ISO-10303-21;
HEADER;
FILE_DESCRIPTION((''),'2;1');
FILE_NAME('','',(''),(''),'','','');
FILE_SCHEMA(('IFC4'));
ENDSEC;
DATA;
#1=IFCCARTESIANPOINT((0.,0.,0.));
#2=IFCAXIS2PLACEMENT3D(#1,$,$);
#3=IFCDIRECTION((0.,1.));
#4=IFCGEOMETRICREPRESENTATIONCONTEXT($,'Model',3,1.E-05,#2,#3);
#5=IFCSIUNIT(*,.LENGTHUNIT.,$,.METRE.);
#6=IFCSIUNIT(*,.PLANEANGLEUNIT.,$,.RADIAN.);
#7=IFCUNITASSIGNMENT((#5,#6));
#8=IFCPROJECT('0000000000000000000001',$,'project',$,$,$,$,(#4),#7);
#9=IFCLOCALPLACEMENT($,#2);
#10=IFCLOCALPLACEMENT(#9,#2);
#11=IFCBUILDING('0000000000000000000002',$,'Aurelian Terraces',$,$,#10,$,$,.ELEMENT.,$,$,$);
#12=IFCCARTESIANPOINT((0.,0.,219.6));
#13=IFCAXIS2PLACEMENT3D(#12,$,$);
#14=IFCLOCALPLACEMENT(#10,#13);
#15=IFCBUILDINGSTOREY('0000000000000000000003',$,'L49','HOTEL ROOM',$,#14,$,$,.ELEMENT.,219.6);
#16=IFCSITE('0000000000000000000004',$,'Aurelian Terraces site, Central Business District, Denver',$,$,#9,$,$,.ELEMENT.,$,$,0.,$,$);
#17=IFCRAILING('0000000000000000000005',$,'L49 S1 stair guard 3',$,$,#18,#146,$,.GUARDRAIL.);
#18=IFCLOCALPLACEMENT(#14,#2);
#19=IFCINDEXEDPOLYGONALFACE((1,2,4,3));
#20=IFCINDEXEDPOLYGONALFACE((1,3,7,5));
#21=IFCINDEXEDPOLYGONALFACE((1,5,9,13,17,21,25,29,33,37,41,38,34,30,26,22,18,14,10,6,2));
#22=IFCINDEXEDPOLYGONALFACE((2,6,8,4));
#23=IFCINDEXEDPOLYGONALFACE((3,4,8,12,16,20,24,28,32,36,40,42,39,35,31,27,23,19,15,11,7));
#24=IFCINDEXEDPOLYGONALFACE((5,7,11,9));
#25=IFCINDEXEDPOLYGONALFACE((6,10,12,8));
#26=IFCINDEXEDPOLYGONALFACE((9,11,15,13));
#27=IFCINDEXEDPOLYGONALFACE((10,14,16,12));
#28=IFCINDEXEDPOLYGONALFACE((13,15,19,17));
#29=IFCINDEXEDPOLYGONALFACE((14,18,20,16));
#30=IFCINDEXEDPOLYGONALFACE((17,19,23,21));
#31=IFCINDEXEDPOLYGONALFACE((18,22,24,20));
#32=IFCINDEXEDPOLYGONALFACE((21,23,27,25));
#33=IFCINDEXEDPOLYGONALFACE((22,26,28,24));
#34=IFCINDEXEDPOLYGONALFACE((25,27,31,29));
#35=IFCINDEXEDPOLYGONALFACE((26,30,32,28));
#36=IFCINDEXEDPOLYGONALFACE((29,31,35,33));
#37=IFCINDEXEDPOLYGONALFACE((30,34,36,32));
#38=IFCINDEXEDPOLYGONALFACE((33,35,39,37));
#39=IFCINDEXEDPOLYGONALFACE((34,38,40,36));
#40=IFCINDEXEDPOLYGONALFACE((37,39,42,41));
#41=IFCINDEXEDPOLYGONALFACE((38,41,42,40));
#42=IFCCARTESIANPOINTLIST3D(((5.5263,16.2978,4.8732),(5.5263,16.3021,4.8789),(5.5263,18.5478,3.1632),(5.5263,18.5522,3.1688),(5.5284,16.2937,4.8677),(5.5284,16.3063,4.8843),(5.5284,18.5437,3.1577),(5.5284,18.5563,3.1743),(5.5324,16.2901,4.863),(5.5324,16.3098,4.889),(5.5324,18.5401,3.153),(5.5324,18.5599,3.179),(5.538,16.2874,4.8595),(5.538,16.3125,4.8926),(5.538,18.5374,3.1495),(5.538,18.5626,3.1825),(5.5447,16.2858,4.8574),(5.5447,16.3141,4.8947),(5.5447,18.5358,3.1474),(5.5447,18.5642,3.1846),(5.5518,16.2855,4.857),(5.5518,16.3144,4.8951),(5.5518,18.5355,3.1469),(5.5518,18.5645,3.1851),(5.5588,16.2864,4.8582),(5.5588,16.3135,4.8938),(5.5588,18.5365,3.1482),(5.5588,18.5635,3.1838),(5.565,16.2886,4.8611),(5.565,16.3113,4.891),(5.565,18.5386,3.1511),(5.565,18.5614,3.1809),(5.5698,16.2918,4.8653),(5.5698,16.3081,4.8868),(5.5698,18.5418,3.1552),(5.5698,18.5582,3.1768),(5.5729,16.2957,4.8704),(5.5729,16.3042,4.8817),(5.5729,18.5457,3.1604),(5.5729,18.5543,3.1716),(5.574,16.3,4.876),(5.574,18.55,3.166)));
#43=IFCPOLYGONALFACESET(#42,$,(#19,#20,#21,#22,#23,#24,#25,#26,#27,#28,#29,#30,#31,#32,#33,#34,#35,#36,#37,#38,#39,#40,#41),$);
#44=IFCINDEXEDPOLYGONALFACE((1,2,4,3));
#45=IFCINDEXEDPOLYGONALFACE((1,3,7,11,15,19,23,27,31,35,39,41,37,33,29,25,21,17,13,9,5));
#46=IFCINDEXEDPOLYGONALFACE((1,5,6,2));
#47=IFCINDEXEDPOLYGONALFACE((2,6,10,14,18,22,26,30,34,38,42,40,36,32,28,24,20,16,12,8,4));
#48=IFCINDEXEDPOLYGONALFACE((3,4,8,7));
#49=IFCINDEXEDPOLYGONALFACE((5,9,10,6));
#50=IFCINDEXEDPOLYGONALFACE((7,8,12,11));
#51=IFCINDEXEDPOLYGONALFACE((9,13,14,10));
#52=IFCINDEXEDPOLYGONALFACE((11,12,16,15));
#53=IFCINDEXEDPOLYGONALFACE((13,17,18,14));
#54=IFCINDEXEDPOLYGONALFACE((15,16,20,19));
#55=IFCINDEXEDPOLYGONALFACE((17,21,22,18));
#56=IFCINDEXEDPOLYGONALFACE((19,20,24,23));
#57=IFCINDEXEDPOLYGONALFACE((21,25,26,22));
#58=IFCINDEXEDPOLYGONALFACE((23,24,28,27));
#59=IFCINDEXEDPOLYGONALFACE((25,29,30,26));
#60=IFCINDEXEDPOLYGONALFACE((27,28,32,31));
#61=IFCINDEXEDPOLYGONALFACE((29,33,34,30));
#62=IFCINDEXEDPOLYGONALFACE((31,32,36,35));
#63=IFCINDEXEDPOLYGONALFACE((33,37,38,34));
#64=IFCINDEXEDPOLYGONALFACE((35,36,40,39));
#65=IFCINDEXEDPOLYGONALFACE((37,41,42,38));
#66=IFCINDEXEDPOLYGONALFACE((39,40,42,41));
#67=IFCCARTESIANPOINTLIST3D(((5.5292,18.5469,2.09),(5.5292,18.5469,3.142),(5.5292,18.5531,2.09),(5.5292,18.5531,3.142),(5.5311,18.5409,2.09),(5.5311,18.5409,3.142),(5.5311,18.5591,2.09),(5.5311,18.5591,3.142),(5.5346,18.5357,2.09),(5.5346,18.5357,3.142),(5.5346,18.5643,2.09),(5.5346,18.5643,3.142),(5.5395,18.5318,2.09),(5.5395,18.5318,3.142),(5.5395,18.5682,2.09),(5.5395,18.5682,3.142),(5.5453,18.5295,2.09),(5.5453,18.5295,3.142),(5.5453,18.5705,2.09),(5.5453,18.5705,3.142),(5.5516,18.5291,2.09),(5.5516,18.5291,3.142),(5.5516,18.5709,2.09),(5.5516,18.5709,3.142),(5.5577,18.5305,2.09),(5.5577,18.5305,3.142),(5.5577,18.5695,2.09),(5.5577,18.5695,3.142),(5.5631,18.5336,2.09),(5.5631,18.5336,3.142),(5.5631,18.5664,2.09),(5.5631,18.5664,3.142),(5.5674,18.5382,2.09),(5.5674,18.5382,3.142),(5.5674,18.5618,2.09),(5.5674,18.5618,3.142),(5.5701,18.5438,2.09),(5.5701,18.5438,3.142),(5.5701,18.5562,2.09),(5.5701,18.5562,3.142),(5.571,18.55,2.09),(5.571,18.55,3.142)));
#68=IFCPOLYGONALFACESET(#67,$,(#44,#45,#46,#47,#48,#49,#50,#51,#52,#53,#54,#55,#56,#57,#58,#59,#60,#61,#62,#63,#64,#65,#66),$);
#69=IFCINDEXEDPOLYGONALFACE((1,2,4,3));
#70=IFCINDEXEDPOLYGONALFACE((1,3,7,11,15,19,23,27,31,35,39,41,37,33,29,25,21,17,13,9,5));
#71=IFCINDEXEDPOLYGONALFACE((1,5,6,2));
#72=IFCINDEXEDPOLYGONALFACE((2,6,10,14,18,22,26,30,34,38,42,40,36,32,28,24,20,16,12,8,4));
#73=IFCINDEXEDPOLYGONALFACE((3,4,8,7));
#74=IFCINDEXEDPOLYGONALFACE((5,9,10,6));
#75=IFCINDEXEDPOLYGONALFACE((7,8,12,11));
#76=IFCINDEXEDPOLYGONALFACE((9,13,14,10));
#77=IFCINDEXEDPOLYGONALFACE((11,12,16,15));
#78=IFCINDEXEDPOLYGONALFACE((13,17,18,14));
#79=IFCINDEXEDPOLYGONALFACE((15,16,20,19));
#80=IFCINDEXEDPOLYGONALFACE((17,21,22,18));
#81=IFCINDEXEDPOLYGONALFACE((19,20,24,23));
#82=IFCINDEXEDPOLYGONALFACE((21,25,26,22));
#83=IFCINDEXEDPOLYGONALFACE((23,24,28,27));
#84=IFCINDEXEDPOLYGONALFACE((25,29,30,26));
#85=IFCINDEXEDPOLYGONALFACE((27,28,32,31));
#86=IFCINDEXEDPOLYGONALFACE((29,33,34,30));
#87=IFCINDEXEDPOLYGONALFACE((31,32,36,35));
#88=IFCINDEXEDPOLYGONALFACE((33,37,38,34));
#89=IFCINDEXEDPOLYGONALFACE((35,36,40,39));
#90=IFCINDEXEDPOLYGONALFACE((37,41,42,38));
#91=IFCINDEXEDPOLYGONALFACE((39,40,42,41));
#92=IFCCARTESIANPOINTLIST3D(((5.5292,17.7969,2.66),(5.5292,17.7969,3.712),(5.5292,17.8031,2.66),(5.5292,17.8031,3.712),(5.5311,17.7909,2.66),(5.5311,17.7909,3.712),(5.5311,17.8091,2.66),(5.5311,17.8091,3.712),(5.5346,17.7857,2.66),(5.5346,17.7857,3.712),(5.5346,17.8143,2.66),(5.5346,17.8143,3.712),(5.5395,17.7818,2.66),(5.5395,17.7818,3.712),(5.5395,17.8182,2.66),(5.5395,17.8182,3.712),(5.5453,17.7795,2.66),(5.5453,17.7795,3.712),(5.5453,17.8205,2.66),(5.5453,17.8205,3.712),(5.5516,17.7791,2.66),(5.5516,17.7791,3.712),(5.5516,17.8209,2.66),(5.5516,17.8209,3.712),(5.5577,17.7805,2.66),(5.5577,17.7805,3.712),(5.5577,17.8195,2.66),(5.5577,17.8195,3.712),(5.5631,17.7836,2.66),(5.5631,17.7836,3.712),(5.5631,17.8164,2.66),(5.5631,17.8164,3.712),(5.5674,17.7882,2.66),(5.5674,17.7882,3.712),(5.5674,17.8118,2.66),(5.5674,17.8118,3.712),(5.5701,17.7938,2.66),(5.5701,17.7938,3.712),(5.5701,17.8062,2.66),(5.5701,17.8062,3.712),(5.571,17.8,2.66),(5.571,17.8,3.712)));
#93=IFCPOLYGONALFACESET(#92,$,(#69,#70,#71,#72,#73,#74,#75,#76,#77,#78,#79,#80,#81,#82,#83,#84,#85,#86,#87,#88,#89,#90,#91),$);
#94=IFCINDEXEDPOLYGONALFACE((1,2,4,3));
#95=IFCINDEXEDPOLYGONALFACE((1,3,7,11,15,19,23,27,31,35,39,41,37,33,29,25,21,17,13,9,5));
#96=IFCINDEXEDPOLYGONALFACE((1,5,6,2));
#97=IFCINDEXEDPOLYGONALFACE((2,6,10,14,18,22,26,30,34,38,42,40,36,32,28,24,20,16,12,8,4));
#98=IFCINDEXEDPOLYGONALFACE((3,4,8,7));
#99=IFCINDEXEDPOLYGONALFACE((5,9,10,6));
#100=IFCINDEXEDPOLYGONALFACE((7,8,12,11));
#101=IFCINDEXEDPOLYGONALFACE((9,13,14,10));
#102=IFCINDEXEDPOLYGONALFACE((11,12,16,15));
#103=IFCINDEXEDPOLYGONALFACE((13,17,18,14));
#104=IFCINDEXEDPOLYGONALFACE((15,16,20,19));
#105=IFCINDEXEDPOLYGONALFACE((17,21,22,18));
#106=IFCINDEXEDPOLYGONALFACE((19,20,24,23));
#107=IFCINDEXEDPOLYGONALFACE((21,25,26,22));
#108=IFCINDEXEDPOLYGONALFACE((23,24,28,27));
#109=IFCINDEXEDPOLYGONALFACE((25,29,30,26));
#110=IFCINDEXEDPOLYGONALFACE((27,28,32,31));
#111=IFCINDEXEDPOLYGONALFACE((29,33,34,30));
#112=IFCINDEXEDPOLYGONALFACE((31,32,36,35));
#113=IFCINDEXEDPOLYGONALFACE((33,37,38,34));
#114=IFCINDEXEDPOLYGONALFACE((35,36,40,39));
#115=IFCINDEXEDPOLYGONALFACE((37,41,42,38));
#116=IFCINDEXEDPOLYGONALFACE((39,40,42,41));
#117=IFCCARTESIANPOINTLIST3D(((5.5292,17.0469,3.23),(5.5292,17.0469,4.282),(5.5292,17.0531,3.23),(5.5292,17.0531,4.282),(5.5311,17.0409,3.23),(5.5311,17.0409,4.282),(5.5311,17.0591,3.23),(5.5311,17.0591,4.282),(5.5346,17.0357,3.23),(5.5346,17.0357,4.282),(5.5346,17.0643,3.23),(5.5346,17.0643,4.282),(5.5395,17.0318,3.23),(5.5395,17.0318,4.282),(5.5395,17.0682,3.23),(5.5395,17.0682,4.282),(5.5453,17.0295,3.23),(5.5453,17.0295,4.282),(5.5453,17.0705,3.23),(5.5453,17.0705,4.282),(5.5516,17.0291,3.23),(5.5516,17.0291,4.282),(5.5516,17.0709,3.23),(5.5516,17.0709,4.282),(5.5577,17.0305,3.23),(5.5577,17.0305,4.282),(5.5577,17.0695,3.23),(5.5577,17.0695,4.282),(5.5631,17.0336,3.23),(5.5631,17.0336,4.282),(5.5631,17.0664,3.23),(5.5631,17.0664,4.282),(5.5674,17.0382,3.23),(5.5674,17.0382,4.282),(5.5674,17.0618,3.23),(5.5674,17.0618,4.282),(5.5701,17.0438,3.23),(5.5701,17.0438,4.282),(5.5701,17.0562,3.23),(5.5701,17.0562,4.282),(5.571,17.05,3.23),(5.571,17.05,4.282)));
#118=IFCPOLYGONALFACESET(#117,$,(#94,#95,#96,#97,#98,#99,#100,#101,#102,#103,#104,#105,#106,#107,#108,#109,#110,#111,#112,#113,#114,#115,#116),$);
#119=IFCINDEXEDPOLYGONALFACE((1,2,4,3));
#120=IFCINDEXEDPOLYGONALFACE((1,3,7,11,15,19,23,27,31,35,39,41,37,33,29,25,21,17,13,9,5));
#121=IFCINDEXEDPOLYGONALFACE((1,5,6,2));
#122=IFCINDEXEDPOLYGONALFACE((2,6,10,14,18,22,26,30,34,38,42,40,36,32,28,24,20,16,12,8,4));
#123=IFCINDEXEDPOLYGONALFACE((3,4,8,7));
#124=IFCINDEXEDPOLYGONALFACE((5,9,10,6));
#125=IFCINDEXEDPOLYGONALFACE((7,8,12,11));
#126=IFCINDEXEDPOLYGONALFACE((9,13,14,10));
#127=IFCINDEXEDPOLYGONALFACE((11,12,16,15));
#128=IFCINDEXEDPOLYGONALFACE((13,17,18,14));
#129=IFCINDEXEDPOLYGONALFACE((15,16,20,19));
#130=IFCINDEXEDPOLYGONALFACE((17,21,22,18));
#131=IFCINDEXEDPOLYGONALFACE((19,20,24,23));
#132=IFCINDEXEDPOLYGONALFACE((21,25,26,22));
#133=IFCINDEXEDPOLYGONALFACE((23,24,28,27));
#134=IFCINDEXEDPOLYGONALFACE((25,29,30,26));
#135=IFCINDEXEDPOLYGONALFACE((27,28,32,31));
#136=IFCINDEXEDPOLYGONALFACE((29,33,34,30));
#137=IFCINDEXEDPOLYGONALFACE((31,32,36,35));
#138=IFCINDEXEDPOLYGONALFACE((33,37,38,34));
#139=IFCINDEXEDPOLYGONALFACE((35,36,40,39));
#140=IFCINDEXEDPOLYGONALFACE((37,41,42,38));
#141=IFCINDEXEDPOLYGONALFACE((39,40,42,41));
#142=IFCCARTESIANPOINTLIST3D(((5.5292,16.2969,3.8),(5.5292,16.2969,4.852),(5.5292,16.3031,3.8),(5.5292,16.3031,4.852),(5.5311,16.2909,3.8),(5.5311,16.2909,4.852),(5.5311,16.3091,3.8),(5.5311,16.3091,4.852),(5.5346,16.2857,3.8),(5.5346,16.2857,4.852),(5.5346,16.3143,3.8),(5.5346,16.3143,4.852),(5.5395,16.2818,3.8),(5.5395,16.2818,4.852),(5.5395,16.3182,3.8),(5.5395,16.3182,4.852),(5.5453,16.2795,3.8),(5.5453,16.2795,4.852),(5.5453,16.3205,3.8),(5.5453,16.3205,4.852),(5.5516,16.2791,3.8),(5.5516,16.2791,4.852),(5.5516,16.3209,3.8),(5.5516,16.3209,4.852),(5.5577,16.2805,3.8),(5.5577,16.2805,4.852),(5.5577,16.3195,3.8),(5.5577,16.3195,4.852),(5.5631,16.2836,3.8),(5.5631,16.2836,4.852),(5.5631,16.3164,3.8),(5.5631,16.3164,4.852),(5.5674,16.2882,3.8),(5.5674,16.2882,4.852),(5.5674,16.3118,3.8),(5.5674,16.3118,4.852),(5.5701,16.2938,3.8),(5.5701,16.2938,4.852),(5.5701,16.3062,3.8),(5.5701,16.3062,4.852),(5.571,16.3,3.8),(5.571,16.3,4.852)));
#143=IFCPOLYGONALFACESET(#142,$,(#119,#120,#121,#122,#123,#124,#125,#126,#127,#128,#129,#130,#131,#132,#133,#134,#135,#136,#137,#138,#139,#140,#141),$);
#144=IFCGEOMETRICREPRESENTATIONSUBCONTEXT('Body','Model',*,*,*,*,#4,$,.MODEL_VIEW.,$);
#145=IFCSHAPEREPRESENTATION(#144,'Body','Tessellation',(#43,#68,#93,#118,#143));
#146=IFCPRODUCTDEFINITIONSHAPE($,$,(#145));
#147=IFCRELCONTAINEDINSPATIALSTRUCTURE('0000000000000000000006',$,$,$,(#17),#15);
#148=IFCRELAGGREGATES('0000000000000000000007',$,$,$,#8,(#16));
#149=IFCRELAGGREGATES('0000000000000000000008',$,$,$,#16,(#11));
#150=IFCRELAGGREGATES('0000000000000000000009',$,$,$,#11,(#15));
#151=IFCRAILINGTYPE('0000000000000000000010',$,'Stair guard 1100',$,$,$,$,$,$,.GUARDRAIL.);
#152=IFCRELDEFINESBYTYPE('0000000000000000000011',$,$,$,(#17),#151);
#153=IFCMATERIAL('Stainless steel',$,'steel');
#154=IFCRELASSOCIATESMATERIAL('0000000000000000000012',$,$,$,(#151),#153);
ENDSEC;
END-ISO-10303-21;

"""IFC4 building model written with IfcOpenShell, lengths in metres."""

from ifc_helpers import new_model, si_unit, direction, frame, origin, origin_2d, place, context, subcontext, project, spatial, circle, extrude, source, transform, mapped, material, type_object, element, save


model = new_model("IFC4")

# Units and contexts
model_context = context("Model", 3, precision=1e-05, world=origin(), true_north=direction((0.0, 1.0)))
body_context = subcontext(model_context, "Body", "Model", "MODEL_VIEW")
ifc_project = project(units=[si_unit("LENGTHUNIT", "METRE"), si_unit("PLANEANGLEUNIT", "RADIAN")], contexts=[model_context])

# Site, building, storey
site_placement = place(None, origin())
site = spatial("IfcSite", under=ifc_project, at=site_placement, Name="Aurelian Terraces site, Central Business District, Denver", CompositionType="ELEMENT", RefElevation=0.0)
building_placement = place(site_placement, origin())
building = spatial("IfcBuilding", under=site, at=building_placement, Name="Aurelian Terraces", CompositionType="ELEMENT")
storey_placement = place(building_placement, frame((0.0, 0.0, 219.6)))
storey = spatial("IfcBuildingStorey", under=building, at=storey_placement, Name="L49", Description="HOTEL ROOM", CompositionType="ELEMENT", Elevation=219.6)

# Shared definitions
ifc_material_1 = material(Name="Stainless steel", Category="steel")

# Railing
railing_type_1 = type_object("IfcRailingType", Name="Stair guard 1100", PredefinedType="GUARDRAIL", material=ifc_material_1)
shared_shape_1 = source(origin(), body_context, "Body", "SweptSolid", [
    extrude(circle(Radius=0.024, at=origin_2d()), frame((0.0, 0.0, 1.076), z_axis=(0.0, -0.796162, 0.605083), x_axis=(1.0, 0.0, 0.0)), (0.0, 0.0, 1.0), 2.8261),
    extrude(circle(Radius=0.021, at=origin_2d()), origin(), (0.0, 0.0, 1.0), 1.052),
    extrude(circle(Radius=0.021, at=origin_2d()), frame((0.0, -0.75, 0.57)), (0.0, 0.0, 1.0), 1.052),
    extrude(circle(Radius=0.021, at=origin_2d()), frame((0.0, -1.5, 1.14)), (0.0, 0.0, 1.0), 1.052),
    extrude(circle(Radius=0.021, at=origin_2d()), frame((0.0, -2.25, 1.71)), (0.0, 0.0, 1.0), 1.052),
])
railing_1_placement = place(storey_placement, frame((5.55, 18.55, 2.09)))
element("IfcRailing", 1, at=railing_1_placement, inside=storey, type_object=railing_type_1, Name="L49 S1 stair guard 3", PredefinedType="GUARDRAIL", context=body_context, shape_type="MappedRepresentation", body=[
    mapped(shared_shape_1, transform((0.0, 0.0, 0.0), scale=1.0)),
])

save(model, "model.ifc")
